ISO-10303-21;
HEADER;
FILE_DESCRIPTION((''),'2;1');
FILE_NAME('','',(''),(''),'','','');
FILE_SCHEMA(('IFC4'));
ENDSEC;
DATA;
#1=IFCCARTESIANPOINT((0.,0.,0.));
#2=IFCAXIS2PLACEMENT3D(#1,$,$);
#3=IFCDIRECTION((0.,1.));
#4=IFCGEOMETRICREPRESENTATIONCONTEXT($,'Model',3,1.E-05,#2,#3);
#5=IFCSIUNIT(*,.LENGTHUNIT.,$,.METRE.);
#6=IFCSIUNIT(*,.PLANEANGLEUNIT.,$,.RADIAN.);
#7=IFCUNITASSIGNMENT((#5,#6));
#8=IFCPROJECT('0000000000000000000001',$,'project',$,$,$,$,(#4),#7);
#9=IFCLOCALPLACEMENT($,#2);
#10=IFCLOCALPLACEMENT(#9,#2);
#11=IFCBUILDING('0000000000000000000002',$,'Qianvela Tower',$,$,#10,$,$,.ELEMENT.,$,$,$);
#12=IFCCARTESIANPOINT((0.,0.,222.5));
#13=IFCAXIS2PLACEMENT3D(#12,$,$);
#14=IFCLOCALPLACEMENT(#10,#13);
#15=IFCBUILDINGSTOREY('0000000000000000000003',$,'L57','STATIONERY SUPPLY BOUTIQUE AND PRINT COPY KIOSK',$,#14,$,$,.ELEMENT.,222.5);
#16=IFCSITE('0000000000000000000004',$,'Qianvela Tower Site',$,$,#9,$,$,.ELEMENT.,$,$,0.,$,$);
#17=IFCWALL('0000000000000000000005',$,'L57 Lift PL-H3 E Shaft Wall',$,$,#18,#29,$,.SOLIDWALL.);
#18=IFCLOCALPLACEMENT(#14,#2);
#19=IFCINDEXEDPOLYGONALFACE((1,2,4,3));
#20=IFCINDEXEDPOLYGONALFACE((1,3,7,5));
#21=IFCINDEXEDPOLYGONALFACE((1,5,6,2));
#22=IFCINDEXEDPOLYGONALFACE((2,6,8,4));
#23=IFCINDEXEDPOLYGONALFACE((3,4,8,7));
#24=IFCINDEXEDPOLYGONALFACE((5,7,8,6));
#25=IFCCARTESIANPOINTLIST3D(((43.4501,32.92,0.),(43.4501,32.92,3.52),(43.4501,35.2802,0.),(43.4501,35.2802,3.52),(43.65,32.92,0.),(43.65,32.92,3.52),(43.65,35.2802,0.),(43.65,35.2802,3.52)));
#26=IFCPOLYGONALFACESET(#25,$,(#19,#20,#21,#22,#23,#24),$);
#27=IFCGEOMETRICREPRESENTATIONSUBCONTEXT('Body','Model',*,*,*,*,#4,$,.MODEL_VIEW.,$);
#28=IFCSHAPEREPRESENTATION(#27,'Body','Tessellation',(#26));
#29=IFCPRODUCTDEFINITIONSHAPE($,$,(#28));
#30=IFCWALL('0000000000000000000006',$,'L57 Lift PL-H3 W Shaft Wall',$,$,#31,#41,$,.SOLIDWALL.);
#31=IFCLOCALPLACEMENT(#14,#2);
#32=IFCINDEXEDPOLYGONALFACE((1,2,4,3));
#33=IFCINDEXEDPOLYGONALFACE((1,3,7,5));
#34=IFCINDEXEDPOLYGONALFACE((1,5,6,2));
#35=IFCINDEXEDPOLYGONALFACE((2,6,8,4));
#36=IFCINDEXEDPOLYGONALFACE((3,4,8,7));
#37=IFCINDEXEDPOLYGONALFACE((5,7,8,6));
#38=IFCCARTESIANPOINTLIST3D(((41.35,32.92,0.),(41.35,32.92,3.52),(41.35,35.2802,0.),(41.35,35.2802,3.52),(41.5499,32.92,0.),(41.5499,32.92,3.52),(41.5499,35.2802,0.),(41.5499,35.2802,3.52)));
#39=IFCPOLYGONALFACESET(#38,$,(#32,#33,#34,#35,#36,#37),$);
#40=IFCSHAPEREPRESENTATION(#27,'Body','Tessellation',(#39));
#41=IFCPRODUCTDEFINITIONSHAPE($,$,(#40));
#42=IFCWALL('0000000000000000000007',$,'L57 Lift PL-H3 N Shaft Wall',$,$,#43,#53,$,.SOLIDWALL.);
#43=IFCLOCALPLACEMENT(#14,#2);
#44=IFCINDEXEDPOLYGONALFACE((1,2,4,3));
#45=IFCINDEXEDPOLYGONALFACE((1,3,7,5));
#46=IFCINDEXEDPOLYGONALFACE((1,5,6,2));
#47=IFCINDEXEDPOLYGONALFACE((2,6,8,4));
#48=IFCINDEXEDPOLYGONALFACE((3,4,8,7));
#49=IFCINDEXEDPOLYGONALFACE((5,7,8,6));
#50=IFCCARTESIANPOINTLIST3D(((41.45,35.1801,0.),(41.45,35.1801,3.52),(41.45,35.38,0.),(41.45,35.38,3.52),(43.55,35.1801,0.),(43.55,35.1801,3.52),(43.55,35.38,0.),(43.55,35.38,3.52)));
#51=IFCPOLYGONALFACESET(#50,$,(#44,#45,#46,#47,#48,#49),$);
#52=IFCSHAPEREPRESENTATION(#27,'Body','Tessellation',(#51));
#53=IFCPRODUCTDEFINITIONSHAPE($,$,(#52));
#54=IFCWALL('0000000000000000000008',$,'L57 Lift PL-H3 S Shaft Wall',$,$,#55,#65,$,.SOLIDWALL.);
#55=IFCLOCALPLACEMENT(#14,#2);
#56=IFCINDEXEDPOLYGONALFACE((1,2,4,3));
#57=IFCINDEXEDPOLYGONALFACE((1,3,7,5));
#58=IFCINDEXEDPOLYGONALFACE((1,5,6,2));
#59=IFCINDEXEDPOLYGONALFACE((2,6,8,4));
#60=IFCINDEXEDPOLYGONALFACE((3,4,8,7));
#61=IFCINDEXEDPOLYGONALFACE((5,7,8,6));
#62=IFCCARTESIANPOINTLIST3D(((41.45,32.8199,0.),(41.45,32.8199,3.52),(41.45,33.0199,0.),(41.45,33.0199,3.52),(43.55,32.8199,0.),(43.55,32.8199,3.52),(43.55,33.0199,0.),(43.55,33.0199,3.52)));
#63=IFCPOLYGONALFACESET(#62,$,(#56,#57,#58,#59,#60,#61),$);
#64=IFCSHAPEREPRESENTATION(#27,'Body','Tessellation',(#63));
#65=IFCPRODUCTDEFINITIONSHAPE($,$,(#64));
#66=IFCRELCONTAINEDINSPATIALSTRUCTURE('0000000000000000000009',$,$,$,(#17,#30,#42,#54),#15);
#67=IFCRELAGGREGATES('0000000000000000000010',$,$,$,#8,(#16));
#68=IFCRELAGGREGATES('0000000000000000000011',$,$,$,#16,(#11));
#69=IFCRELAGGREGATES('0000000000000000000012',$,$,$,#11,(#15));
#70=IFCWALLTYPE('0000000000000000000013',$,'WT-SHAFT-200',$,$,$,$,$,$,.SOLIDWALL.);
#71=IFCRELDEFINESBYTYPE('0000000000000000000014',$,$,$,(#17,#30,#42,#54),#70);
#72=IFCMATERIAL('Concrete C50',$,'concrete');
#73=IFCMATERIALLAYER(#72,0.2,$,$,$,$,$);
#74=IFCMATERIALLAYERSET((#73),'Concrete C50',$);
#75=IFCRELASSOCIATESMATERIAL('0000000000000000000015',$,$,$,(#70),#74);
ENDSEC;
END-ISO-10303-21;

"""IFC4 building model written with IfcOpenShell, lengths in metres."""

from ifc_helpers import new_model, si_unit, direction, frame, frame_2d, origin, place, context, subcontext, project, spatial, rectangle, extrude, material, layer, layer_set, type_object, element, save


model = new_model("IFC4")

# Units and contexts
model_context = context("Model", 3, precision=1e-05, world=origin(), true_north=direction((0.0, 1.0)))
body_context = subcontext(model_context, "Body", "Model", "MODEL_VIEW")
ifc_project = project(units=[si_unit("LENGTHUNIT", "METRE"), si_unit("PLANEANGLEUNIT", "RADIAN")], contexts=[model_context])

# Site, building, storey
site_placement = place(None, origin())
site = spatial("IfcSite", under=ifc_project, at=site_placement, Name="Qianvela Tower Site", CompositionType="ELEMENT", RefElevation=0.0)
building_placement = place(site_placement, origin())
building = spatial("IfcBuilding", under=site, at=building_placement, Name="Qianvela Tower", CompositionType="ELEMENT")
storey_placement = place(building_placement, frame((0.0, 0.0, 222.5)))
storey = spatial("IfcBuildingStorey", under=building, at=storey_placement, Name="L57", Description="STATIONERY SUPPLY BOUTIQUE AND PRINT COPY KIOSK", CompositionType="ELEMENT", Elevation=222.5)

# Shared definitions
ifc_material_1 = material(Name="Concrete C50", Category="concrete")
ifc_layer_1 = layer(ifc_material_1, 0.2)
ifc_layer_set_1 = layer_set([ifc_layer_1], Name="Concrete C50")
wall_type_1 = type_object("IfcWallType", Name="WT-SHAFT-200", PredefinedType="SOLIDWALL", material=ifc_layer_set_1)

# Walls
for number, where, z_axis, x_axis, name in (
    (1, (43.55, 32.9199, 0.0), (0.0, 0.0, 1.0), (0.0, 1.0, 0.0), "L57 Lift PL-H3 E Shaft Wall"),
    (2, (41.45, 32.9199, 0.0), (0.0, 0.0, 1.0), (0.0, 1.0, 0.0), "L57 Lift PL-H3 W Shaft Wall"),
):
    element("IfcWall", number, at=place(storey_placement, frame(where, z_axis=z_axis, x_axis=x_axis)), inside=storey, type_object=wall_type_1, Name=name, PredefinedType="SOLIDWALL", context=body_context, shape_type="SweptSolid", body=[
        extrude(rectangle(XDim=2.3601, YDim=0.2, at=frame_2d((1.1802, 0.0))), origin(), (0.0, 0.0, 1.0), 3.52),
    ])
for number, where, z_axis, x_axis, name in (
    (3, (41.45, 35.28, 0.0), (0.0, 0.0, 1.0), (1.0, 0.0, 0.0), "L57 Lift PL-H3 N Shaft Wall"),
    (4, (41.45, 32.9199, 0.0), (0.0, 0.0, 1.0), (1.0, 0.0, 0.0), "L57 Lift PL-H3 S Shaft Wall"),
):
    element("IfcWall", number, at=place(storey_placement, frame(where, z_axis=z_axis, x_axis=x_axis)), inside=storey, type_object=wall_type_1, Name=name, PredefinedType="SOLIDWALL", context=body_context, shape_type="SweptSolid", body=[
        extrude(rectangle(XDim=2.1001, YDim=0.2, at=frame_2d((1.05, 0.0))), origin(), (0.0, 0.0, 1.0), 3.52),
    ])

save(model, "model.ifc")
